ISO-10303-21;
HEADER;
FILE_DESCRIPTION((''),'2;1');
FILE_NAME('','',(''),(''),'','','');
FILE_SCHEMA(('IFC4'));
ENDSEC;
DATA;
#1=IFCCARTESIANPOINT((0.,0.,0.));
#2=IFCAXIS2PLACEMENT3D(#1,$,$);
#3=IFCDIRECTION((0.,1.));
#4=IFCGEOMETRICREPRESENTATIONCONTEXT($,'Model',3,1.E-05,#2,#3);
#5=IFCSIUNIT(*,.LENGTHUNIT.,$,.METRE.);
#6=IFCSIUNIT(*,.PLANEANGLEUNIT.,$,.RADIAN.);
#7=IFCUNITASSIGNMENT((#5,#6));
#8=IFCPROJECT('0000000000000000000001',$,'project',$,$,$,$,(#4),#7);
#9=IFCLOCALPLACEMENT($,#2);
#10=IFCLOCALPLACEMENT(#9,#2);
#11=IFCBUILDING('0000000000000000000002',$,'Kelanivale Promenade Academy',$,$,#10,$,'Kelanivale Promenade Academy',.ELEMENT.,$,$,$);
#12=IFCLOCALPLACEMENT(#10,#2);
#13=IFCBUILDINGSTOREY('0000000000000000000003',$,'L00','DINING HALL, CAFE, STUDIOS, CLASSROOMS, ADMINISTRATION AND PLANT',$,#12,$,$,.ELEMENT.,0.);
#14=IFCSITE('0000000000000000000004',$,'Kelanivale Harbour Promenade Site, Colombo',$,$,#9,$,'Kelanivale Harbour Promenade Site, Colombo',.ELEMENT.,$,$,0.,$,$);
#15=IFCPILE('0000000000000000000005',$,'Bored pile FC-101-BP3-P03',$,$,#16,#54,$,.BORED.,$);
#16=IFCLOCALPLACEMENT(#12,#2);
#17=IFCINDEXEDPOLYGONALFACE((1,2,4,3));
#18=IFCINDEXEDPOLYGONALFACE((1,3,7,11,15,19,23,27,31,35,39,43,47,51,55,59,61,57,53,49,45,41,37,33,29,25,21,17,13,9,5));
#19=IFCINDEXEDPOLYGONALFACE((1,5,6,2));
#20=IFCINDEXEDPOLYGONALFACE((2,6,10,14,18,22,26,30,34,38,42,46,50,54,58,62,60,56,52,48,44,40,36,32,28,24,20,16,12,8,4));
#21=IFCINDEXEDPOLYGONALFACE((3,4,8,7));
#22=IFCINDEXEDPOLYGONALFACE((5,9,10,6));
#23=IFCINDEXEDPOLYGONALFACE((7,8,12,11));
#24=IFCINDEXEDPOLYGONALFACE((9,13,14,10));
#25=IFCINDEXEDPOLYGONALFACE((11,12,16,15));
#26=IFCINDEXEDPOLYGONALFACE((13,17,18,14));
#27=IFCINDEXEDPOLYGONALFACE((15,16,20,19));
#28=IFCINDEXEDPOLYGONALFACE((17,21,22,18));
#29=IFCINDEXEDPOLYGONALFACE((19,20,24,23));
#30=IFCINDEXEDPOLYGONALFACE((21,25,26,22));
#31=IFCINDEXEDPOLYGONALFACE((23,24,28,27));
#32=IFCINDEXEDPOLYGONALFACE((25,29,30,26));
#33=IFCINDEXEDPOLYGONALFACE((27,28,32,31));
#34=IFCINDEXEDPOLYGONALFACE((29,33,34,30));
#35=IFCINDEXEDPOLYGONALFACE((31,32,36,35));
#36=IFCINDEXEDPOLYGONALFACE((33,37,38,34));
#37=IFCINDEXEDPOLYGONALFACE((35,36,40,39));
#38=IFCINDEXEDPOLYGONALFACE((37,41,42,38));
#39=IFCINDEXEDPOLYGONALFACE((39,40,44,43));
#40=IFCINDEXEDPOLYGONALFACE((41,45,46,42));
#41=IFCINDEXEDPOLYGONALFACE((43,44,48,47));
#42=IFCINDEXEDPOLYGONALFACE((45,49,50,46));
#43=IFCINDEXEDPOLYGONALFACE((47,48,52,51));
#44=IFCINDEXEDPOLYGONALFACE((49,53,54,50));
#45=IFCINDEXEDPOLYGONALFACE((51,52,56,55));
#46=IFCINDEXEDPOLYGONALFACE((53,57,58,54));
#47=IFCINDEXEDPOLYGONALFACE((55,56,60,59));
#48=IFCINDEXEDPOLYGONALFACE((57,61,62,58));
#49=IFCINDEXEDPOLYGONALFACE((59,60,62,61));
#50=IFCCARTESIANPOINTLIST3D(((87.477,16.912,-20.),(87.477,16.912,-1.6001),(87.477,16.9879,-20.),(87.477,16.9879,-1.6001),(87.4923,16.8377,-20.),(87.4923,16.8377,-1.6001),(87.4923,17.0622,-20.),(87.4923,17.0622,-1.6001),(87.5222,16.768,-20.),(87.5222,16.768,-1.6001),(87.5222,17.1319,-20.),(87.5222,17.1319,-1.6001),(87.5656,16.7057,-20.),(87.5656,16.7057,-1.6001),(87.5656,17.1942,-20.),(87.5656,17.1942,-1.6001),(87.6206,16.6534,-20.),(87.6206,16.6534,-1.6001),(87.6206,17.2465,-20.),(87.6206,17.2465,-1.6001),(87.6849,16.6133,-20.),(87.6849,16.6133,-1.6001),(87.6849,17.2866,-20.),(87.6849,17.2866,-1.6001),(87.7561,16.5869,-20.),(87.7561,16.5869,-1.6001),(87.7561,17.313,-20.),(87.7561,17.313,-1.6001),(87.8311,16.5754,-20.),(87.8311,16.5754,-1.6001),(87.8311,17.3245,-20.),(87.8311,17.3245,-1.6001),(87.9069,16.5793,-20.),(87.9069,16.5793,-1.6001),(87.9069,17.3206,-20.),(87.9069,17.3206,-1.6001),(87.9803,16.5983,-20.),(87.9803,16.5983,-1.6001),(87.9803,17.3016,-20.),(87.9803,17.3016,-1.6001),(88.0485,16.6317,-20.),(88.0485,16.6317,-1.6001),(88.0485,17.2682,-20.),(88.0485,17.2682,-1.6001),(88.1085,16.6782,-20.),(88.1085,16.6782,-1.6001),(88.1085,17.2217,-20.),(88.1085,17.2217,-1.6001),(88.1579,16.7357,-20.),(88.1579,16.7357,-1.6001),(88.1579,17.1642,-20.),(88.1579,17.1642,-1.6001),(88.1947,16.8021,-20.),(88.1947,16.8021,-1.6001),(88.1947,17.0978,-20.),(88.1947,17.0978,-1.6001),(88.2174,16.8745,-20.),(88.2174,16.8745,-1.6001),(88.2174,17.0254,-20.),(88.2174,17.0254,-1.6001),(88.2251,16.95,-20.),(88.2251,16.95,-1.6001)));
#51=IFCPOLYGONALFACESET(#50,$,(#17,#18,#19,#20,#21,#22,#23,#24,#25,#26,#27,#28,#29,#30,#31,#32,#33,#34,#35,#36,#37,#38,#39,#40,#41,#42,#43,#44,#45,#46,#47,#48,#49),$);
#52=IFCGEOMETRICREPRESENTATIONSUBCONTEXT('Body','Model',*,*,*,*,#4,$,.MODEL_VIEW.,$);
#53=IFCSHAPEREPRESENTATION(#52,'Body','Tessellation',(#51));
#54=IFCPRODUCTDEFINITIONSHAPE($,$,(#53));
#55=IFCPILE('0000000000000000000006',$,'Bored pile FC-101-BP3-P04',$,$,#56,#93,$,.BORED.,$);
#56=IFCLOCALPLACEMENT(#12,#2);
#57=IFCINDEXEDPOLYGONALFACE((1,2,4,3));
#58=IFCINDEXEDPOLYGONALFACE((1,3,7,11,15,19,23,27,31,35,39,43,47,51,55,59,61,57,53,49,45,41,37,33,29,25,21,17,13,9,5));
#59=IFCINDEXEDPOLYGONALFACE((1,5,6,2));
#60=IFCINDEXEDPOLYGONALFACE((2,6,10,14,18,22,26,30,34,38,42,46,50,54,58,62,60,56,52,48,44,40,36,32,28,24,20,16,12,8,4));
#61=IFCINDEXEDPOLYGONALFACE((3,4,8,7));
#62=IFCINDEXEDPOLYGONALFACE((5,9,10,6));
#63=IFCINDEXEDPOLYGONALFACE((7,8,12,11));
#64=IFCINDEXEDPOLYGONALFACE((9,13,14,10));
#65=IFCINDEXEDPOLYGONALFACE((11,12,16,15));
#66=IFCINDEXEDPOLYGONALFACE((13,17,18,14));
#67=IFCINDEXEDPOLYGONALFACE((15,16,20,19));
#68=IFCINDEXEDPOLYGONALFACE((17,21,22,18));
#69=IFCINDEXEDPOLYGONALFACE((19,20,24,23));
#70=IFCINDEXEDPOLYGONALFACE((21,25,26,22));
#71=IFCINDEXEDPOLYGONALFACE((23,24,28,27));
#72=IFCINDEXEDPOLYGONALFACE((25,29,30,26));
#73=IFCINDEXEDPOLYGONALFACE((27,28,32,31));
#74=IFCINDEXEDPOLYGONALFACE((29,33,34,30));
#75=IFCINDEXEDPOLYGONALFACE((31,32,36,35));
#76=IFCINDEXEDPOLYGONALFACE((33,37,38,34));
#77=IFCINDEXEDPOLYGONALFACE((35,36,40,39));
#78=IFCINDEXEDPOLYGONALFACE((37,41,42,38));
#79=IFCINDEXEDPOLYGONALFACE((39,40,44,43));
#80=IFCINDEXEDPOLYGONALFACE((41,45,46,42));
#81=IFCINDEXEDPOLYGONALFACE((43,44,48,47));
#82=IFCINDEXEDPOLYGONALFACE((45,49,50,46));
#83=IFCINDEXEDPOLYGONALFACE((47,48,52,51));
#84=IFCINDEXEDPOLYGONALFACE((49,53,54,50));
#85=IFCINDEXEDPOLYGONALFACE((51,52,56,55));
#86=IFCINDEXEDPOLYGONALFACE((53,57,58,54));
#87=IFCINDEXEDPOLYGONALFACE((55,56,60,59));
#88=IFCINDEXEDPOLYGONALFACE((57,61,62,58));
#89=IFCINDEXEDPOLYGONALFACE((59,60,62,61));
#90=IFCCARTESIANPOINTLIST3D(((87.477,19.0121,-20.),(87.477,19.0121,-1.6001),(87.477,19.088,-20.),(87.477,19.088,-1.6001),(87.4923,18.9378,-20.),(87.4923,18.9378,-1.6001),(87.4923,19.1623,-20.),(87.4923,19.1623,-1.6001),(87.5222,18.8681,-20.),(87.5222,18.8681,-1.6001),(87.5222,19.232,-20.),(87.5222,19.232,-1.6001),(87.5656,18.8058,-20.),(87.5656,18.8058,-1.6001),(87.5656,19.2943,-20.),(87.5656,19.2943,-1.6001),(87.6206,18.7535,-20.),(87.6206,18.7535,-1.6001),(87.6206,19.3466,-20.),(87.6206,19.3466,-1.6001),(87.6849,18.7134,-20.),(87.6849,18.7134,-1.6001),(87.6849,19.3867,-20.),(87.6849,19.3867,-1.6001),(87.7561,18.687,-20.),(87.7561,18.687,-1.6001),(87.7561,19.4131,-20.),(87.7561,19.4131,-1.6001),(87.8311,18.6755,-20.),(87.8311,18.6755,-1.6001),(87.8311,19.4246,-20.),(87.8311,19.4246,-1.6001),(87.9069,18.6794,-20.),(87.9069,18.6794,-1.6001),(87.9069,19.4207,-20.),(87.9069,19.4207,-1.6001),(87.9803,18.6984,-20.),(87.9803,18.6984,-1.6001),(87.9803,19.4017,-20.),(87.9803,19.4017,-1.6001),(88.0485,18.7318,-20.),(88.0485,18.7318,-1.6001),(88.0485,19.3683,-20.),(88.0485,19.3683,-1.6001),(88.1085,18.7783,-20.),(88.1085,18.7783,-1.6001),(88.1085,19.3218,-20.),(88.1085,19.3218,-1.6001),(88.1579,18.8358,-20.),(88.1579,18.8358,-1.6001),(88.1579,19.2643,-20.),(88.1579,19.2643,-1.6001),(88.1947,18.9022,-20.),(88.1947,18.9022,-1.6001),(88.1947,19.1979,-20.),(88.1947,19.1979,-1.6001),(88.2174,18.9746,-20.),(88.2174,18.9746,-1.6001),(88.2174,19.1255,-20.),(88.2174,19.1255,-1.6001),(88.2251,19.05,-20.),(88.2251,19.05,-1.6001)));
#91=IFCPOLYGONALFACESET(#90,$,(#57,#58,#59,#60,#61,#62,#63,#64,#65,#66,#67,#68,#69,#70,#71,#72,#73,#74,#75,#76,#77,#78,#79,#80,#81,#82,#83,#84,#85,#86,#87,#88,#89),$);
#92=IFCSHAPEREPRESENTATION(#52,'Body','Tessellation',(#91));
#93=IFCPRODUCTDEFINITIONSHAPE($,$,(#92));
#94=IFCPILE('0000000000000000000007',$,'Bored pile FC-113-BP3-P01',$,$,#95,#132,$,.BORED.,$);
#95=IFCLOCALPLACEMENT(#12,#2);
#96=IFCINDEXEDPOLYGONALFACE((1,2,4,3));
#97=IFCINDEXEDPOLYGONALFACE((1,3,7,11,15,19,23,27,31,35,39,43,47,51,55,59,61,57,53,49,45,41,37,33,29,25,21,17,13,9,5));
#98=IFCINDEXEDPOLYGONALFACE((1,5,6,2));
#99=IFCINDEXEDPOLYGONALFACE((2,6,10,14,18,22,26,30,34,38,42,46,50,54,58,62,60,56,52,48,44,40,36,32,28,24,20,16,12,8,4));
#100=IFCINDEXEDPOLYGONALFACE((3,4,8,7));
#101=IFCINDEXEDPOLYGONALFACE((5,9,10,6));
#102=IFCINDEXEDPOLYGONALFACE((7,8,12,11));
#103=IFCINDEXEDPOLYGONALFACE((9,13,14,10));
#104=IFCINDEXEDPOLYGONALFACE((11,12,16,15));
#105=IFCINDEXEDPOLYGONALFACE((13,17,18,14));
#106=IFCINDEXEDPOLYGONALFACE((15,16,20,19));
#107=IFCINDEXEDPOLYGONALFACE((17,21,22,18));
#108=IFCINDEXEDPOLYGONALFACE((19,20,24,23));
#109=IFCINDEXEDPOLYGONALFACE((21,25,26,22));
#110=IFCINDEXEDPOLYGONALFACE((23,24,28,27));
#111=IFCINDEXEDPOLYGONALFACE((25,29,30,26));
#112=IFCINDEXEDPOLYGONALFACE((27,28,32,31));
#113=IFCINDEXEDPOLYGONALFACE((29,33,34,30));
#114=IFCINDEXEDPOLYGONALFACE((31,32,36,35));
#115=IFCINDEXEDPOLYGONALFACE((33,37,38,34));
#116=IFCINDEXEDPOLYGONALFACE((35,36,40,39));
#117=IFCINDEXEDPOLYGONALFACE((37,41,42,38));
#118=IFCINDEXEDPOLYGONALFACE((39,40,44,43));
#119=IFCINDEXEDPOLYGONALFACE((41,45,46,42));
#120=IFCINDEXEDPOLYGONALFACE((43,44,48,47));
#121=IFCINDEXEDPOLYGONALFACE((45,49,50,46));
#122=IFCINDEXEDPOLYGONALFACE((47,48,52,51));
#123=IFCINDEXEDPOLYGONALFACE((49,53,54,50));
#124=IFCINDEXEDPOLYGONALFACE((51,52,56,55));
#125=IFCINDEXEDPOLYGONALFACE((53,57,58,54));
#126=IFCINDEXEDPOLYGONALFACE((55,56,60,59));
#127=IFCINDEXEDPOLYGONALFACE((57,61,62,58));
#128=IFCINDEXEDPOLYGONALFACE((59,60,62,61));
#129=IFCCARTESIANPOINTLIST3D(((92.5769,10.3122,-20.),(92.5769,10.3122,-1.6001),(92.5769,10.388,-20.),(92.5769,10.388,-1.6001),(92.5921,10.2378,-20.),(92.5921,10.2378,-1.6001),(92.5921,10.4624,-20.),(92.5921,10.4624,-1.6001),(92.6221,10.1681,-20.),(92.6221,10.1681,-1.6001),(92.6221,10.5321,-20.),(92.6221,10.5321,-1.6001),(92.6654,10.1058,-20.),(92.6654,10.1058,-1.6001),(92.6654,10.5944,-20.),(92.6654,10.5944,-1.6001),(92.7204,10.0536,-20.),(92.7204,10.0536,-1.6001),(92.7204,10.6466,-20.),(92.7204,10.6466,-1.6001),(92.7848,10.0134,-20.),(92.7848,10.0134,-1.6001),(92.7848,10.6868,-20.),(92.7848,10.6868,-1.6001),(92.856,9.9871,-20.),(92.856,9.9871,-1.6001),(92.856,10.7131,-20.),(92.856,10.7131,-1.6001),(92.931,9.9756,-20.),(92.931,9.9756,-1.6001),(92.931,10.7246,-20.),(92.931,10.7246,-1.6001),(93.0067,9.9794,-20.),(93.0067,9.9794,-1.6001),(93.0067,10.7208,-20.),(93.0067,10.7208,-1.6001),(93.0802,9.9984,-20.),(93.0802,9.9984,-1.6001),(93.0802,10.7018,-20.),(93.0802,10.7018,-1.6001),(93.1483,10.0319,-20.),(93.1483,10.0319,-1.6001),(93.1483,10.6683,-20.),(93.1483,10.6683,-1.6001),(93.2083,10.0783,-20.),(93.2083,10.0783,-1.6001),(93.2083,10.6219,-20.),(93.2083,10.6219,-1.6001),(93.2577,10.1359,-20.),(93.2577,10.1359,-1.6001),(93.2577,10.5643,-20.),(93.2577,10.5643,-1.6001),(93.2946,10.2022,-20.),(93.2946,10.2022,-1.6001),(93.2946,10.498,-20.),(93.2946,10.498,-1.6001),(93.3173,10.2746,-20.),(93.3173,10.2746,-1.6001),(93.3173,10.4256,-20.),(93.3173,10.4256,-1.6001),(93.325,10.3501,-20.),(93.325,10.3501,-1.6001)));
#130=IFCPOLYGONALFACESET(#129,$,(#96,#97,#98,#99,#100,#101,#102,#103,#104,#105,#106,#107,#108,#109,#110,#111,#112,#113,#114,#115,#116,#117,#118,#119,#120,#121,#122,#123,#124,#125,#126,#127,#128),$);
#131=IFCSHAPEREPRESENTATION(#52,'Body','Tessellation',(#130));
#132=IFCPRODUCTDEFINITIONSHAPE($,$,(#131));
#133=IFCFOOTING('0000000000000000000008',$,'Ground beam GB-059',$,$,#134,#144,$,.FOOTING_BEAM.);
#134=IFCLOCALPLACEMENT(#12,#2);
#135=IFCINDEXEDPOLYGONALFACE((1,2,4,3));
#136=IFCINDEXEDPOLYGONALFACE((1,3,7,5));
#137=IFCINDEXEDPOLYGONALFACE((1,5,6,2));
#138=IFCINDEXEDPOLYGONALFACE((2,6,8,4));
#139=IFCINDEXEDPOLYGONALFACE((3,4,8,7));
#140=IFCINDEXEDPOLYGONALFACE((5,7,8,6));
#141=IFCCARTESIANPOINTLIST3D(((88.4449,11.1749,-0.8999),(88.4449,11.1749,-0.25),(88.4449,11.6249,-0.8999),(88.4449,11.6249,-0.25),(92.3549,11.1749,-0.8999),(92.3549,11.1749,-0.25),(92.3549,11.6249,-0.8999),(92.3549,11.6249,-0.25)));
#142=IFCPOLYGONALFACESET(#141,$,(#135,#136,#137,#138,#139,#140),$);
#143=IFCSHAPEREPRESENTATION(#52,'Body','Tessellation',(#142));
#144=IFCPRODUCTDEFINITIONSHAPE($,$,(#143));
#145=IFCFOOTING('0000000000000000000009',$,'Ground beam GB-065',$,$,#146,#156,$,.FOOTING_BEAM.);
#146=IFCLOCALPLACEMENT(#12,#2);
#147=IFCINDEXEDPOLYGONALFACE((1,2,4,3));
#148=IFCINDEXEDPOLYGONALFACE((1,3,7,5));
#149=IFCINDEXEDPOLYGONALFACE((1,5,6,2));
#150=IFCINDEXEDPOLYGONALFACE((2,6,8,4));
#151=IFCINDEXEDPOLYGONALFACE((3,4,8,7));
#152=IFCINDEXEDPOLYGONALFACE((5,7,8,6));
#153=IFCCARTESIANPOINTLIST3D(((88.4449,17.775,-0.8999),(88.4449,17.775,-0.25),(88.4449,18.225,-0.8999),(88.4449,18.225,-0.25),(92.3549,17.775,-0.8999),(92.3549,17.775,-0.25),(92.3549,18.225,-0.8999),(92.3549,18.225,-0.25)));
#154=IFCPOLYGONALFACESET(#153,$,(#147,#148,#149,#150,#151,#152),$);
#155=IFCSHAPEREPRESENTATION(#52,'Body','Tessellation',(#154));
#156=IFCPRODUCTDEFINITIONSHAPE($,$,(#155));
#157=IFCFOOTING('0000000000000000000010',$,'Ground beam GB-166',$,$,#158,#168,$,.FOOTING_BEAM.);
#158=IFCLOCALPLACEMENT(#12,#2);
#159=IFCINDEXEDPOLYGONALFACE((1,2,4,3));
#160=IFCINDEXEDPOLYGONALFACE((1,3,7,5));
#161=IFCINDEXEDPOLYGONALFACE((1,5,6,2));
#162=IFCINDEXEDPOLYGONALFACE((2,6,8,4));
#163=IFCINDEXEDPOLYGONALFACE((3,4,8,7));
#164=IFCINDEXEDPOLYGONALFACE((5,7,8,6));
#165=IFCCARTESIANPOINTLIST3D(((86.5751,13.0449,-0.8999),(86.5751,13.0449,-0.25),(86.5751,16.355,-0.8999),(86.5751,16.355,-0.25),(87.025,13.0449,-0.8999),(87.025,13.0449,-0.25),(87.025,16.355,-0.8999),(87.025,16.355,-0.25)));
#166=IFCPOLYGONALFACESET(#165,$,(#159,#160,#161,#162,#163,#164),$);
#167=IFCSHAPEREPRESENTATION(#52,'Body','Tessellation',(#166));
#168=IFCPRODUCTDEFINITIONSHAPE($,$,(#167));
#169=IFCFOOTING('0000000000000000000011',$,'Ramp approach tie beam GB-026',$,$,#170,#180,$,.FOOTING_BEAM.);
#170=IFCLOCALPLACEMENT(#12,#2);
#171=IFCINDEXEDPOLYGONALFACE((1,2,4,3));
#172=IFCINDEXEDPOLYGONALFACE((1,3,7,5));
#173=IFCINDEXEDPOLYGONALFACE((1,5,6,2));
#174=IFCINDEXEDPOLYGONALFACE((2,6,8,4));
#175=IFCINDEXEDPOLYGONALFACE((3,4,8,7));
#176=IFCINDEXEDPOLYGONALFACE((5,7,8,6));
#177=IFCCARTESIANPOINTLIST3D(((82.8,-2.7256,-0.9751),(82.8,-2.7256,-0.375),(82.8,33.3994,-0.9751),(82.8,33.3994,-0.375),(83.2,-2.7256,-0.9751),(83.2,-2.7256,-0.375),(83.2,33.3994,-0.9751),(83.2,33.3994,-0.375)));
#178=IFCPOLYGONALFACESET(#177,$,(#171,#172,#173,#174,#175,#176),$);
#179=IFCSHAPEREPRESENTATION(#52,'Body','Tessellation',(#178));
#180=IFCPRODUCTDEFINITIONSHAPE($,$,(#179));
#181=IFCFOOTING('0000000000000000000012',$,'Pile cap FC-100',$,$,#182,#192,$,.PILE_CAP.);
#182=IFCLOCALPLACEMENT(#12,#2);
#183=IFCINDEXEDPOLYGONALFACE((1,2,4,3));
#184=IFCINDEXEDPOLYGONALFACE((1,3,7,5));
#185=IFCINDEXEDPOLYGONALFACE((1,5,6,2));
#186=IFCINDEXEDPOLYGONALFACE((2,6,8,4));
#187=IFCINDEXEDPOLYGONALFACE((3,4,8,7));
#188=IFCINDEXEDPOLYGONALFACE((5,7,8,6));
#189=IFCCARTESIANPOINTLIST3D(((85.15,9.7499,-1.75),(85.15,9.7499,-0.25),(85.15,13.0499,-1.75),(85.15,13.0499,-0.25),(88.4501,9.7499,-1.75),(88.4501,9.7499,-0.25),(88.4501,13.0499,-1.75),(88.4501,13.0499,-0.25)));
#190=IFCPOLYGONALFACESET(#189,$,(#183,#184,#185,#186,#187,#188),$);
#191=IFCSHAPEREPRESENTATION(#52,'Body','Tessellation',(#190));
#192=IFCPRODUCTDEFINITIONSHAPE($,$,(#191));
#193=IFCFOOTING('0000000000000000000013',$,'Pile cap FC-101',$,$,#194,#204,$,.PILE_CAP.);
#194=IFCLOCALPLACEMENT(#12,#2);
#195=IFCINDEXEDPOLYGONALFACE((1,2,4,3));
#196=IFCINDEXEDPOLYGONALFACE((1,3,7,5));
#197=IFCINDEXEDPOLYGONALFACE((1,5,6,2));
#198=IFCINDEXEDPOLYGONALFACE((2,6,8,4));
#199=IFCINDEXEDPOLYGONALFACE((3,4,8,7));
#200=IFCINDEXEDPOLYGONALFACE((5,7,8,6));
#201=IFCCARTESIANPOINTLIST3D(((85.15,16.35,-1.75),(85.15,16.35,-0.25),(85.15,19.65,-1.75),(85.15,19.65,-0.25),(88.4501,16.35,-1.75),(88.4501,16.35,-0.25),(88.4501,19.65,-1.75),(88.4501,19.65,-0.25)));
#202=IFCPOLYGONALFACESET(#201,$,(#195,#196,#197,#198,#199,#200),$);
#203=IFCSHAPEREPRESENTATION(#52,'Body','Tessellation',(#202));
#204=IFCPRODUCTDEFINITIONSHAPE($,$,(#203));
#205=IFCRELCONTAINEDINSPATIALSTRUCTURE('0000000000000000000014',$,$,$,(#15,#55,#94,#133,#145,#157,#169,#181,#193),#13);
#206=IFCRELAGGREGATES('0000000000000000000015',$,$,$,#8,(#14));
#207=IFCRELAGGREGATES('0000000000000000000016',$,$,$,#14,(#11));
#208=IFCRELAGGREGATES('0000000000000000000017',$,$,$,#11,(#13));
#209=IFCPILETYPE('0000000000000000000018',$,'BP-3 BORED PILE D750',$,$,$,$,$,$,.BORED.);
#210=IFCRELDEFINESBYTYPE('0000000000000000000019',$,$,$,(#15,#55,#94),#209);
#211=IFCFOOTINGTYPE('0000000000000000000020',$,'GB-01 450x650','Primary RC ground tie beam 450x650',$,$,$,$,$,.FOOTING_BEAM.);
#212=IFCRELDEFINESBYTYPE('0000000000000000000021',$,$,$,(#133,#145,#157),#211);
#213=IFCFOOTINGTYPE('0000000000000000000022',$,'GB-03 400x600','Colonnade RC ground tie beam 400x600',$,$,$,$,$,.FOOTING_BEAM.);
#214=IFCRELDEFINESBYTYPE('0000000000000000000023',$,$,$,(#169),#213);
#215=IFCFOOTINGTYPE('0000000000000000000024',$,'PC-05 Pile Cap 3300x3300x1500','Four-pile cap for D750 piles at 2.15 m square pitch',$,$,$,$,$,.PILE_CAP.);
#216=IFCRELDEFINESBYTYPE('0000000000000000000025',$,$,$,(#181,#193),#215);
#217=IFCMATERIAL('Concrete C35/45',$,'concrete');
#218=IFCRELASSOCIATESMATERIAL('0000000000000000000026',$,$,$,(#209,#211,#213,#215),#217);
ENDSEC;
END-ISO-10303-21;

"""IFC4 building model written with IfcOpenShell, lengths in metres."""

from ifc_helpers import new_model, si_unit, direction, frame, origin, origin_2d, place, context, subcontext, project, spatial, rectangle, circle, extrude, material, material_profile, profile_set, type_object, element, save


model = new_model("IFC4")

# Units and contexts
model_context = context("Model", 3, precision=1e-05, world=origin(), true_north=direction((0.0, 1.0)))
body_context = subcontext(model_context, "Body", "Model", "MODEL_VIEW")
ifc_project = project(units=[si_unit("LENGTHUNIT", "METRE"), si_unit("PLANEANGLEUNIT", "RADIAN")], contexts=[model_context])

# Site, building, storey
site_placement = place(None, origin())
site = spatial("IfcSite", under=ifc_project, at=site_placement, Name="Kelanivale Harbour Promenade Site, Colombo", LongName="Kelanivale Harbour Promenade Site, Colombo", CompositionType="ELEMENT", RefElevation=0.0)
building_placement = place(site_placement, origin())
building = spatial("IfcBuilding", under=site, at=building_placement, Name="Kelanivale Promenade Academy", LongName="Kelanivale Promenade Academy", CompositionType="ELEMENT")
storey_placement = place(building_placement, origin())
storey = spatial("IfcBuildingStorey", under=building, at=storey_placement, Name="L00", Description="DINING HALL, CAFE, STUDIOS, CLASSROOMS, ADMINISTRATION AND PLANT", CompositionType="ELEMENT", Elevation=0.0)

# Piles
ifc_material_1 = material(Name="Concrete C35/45", Category="concrete")
ifc_material_profile_1 = material_profile(ifc_material_1, circle(Radius=0.375, at=origin_2d()), Name="BORED PILE D750")
ifc_profile_set_1 = profile_set([ifc_material_profile_1], Name="Concrete C35/45")
pile_type = type_object("IfcPileType", Name="BP-3 BORED PILE D750", PredefinedType="BORED", material=ifc_profile_set_1)
for number, where, z_axis, x_axis, name in (
    (1, (87.8501, 16.95, -1.6001), (0.0, 0.0, -1.0), (1.0, 0.0, 0.0), "Bored pile FC-101-BP3-P03"),
    (2, (87.8501, 19.05, -1.6001), (0.0, 0.0, -1.0), (1.0, 0.0, 0.0), "Bored pile FC-101-BP3-P04"),
    (3, (92.95, 10.3501, -1.6001), (0.0, 0.0, -1.0), (1.0, 0.0, 0.0), "Bored pile FC-113-BP3-P01"),
):
    element("IfcPile", number, at=place(storey_placement, frame(where, z_axis=z_axis, x_axis=x_axis)), inside=storey, type_object=pile_type, Name=name, PredefinedType="BORED", context=body_context, shape_type="SweptSolid", body=[
        extrude(circle(Radius=0.375, at=origin_2d()), origin(), (0.0, 0.0, 1.0), 18.3999),
    ])

# Footings
footing_type_1 = type_object("IfcFootingType", Name="GB-01 450x650", Description="Primary RC ground tie beam 450x650", PredefinedType="FOOTING_BEAM", material=ifc_material_1)
for number, where, z_axis, x_axis, name in (
    (4, (90.3999, 11.3999, -0.8999), (0.0, 0.0, 1.0), (1.0, 0.0, 0.0), "Ground beam GB-059"),
    (5, (90.3999, 18.0, -0.8999), (0.0, 0.0, 1.0), (1.0, 0.0, 0.0), "Ground beam GB-065"),
):
    element("IfcFooting", number, at=place(storey_placement, frame(where, z_axis=z_axis, x_axis=x_axis)), inside=storey, type_object=footing_type_1, Name=name, PredefinedType="FOOTING_BEAM", context=body_context, shape_type="SweptSolid", body=[
        extrude(rectangle(XDim=3.9099, YDim=0.45, at=origin_2d()), origin(), (0.0, 0.0, 1.0), 0.6499),
    ])
footing_1_placement = place(storey_placement, frame((86.8, 14.7, -0.8999), z_axis=(0.0, 0.0, 1.0), x_axis=(0.0, 1.0, 0.0)))
element("IfcFooting", 6, at=footing_1_placement, inside=storey, type_object=footing_type_1, Name="Ground beam GB-166", PredefinedType="FOOTING_BEAM", context=body_context, shape_type="SweptSolid", body=[
    extrude(rectangle(XDim=3.3101, YDim=0.45, at=origin_2d()), origin(), (0.0, 0.0, 1.0), 0.6499),
])
footing_type_2 = type_object("IfcFootingType", Name="GB-03 400x600", Description="Colonnade RC ground tie beam 400x600", PredefinedType="FOOTING_BEAM", material=ifc_material_1)
footing_2_placement = place(storey_placement, frame((83.0, 15.3369, -0.9751), z_axis=(0.0, 0.0, 1.0), x_axis=(0.0, 1.0, 0.0)))
element("IfcFooting", 7, at=footing_2_placement, inside=storey, type_object=footing_type_2, Name="Ramp approach tie beam GB-026", PredefinedType="FOOTING_BEAM", context=body_context, shape_type="SweptSolid", body=[
    extrude(rectangle(XDim=36.125, YDim=0.3999, at=origin_2d()), origin(), (0.0, 0.0, 1.0), 0.6001),
])
footing_type_3 = type_object("IfcFootingType", Name="PC-05 Pile Cap 3300x3300x1500", Description="Four-pile cap for D750 piles at 2.15 m square pitch", PredefinedType="PILE_CAP", material=ifc_material_1)
for number, where, z_axis, x_axis, name in (
    (8, (86.8, 11.3999, -1.75), (0.0, 0.0, 1.0), (1.0, 0.0, 0.0), "Pile cap FC-100"),
    (9, (86.8, 18.0, -1.75), (0.0, 0.0, 1.0), (1.0, 0.0, 0.0), "Pile cap FC-101"),
):
    element("IfcFooting", number, at=place(storey_placement, frame(where, z_axis=z_axis, x_axis=x_axis)), inside=storey, type_object=footing_type_3, Name=name, PredefinedType="PILE_CAP", context=body_context, shape_type="SweptSolid", body=[
        extrude(rectangle(XDim=3.3, YDim=3.3, at=origin_2d()), origin(), (0.0, 0.0, 1.0), 1.5),
    ])

save(model, "model.ifc")
